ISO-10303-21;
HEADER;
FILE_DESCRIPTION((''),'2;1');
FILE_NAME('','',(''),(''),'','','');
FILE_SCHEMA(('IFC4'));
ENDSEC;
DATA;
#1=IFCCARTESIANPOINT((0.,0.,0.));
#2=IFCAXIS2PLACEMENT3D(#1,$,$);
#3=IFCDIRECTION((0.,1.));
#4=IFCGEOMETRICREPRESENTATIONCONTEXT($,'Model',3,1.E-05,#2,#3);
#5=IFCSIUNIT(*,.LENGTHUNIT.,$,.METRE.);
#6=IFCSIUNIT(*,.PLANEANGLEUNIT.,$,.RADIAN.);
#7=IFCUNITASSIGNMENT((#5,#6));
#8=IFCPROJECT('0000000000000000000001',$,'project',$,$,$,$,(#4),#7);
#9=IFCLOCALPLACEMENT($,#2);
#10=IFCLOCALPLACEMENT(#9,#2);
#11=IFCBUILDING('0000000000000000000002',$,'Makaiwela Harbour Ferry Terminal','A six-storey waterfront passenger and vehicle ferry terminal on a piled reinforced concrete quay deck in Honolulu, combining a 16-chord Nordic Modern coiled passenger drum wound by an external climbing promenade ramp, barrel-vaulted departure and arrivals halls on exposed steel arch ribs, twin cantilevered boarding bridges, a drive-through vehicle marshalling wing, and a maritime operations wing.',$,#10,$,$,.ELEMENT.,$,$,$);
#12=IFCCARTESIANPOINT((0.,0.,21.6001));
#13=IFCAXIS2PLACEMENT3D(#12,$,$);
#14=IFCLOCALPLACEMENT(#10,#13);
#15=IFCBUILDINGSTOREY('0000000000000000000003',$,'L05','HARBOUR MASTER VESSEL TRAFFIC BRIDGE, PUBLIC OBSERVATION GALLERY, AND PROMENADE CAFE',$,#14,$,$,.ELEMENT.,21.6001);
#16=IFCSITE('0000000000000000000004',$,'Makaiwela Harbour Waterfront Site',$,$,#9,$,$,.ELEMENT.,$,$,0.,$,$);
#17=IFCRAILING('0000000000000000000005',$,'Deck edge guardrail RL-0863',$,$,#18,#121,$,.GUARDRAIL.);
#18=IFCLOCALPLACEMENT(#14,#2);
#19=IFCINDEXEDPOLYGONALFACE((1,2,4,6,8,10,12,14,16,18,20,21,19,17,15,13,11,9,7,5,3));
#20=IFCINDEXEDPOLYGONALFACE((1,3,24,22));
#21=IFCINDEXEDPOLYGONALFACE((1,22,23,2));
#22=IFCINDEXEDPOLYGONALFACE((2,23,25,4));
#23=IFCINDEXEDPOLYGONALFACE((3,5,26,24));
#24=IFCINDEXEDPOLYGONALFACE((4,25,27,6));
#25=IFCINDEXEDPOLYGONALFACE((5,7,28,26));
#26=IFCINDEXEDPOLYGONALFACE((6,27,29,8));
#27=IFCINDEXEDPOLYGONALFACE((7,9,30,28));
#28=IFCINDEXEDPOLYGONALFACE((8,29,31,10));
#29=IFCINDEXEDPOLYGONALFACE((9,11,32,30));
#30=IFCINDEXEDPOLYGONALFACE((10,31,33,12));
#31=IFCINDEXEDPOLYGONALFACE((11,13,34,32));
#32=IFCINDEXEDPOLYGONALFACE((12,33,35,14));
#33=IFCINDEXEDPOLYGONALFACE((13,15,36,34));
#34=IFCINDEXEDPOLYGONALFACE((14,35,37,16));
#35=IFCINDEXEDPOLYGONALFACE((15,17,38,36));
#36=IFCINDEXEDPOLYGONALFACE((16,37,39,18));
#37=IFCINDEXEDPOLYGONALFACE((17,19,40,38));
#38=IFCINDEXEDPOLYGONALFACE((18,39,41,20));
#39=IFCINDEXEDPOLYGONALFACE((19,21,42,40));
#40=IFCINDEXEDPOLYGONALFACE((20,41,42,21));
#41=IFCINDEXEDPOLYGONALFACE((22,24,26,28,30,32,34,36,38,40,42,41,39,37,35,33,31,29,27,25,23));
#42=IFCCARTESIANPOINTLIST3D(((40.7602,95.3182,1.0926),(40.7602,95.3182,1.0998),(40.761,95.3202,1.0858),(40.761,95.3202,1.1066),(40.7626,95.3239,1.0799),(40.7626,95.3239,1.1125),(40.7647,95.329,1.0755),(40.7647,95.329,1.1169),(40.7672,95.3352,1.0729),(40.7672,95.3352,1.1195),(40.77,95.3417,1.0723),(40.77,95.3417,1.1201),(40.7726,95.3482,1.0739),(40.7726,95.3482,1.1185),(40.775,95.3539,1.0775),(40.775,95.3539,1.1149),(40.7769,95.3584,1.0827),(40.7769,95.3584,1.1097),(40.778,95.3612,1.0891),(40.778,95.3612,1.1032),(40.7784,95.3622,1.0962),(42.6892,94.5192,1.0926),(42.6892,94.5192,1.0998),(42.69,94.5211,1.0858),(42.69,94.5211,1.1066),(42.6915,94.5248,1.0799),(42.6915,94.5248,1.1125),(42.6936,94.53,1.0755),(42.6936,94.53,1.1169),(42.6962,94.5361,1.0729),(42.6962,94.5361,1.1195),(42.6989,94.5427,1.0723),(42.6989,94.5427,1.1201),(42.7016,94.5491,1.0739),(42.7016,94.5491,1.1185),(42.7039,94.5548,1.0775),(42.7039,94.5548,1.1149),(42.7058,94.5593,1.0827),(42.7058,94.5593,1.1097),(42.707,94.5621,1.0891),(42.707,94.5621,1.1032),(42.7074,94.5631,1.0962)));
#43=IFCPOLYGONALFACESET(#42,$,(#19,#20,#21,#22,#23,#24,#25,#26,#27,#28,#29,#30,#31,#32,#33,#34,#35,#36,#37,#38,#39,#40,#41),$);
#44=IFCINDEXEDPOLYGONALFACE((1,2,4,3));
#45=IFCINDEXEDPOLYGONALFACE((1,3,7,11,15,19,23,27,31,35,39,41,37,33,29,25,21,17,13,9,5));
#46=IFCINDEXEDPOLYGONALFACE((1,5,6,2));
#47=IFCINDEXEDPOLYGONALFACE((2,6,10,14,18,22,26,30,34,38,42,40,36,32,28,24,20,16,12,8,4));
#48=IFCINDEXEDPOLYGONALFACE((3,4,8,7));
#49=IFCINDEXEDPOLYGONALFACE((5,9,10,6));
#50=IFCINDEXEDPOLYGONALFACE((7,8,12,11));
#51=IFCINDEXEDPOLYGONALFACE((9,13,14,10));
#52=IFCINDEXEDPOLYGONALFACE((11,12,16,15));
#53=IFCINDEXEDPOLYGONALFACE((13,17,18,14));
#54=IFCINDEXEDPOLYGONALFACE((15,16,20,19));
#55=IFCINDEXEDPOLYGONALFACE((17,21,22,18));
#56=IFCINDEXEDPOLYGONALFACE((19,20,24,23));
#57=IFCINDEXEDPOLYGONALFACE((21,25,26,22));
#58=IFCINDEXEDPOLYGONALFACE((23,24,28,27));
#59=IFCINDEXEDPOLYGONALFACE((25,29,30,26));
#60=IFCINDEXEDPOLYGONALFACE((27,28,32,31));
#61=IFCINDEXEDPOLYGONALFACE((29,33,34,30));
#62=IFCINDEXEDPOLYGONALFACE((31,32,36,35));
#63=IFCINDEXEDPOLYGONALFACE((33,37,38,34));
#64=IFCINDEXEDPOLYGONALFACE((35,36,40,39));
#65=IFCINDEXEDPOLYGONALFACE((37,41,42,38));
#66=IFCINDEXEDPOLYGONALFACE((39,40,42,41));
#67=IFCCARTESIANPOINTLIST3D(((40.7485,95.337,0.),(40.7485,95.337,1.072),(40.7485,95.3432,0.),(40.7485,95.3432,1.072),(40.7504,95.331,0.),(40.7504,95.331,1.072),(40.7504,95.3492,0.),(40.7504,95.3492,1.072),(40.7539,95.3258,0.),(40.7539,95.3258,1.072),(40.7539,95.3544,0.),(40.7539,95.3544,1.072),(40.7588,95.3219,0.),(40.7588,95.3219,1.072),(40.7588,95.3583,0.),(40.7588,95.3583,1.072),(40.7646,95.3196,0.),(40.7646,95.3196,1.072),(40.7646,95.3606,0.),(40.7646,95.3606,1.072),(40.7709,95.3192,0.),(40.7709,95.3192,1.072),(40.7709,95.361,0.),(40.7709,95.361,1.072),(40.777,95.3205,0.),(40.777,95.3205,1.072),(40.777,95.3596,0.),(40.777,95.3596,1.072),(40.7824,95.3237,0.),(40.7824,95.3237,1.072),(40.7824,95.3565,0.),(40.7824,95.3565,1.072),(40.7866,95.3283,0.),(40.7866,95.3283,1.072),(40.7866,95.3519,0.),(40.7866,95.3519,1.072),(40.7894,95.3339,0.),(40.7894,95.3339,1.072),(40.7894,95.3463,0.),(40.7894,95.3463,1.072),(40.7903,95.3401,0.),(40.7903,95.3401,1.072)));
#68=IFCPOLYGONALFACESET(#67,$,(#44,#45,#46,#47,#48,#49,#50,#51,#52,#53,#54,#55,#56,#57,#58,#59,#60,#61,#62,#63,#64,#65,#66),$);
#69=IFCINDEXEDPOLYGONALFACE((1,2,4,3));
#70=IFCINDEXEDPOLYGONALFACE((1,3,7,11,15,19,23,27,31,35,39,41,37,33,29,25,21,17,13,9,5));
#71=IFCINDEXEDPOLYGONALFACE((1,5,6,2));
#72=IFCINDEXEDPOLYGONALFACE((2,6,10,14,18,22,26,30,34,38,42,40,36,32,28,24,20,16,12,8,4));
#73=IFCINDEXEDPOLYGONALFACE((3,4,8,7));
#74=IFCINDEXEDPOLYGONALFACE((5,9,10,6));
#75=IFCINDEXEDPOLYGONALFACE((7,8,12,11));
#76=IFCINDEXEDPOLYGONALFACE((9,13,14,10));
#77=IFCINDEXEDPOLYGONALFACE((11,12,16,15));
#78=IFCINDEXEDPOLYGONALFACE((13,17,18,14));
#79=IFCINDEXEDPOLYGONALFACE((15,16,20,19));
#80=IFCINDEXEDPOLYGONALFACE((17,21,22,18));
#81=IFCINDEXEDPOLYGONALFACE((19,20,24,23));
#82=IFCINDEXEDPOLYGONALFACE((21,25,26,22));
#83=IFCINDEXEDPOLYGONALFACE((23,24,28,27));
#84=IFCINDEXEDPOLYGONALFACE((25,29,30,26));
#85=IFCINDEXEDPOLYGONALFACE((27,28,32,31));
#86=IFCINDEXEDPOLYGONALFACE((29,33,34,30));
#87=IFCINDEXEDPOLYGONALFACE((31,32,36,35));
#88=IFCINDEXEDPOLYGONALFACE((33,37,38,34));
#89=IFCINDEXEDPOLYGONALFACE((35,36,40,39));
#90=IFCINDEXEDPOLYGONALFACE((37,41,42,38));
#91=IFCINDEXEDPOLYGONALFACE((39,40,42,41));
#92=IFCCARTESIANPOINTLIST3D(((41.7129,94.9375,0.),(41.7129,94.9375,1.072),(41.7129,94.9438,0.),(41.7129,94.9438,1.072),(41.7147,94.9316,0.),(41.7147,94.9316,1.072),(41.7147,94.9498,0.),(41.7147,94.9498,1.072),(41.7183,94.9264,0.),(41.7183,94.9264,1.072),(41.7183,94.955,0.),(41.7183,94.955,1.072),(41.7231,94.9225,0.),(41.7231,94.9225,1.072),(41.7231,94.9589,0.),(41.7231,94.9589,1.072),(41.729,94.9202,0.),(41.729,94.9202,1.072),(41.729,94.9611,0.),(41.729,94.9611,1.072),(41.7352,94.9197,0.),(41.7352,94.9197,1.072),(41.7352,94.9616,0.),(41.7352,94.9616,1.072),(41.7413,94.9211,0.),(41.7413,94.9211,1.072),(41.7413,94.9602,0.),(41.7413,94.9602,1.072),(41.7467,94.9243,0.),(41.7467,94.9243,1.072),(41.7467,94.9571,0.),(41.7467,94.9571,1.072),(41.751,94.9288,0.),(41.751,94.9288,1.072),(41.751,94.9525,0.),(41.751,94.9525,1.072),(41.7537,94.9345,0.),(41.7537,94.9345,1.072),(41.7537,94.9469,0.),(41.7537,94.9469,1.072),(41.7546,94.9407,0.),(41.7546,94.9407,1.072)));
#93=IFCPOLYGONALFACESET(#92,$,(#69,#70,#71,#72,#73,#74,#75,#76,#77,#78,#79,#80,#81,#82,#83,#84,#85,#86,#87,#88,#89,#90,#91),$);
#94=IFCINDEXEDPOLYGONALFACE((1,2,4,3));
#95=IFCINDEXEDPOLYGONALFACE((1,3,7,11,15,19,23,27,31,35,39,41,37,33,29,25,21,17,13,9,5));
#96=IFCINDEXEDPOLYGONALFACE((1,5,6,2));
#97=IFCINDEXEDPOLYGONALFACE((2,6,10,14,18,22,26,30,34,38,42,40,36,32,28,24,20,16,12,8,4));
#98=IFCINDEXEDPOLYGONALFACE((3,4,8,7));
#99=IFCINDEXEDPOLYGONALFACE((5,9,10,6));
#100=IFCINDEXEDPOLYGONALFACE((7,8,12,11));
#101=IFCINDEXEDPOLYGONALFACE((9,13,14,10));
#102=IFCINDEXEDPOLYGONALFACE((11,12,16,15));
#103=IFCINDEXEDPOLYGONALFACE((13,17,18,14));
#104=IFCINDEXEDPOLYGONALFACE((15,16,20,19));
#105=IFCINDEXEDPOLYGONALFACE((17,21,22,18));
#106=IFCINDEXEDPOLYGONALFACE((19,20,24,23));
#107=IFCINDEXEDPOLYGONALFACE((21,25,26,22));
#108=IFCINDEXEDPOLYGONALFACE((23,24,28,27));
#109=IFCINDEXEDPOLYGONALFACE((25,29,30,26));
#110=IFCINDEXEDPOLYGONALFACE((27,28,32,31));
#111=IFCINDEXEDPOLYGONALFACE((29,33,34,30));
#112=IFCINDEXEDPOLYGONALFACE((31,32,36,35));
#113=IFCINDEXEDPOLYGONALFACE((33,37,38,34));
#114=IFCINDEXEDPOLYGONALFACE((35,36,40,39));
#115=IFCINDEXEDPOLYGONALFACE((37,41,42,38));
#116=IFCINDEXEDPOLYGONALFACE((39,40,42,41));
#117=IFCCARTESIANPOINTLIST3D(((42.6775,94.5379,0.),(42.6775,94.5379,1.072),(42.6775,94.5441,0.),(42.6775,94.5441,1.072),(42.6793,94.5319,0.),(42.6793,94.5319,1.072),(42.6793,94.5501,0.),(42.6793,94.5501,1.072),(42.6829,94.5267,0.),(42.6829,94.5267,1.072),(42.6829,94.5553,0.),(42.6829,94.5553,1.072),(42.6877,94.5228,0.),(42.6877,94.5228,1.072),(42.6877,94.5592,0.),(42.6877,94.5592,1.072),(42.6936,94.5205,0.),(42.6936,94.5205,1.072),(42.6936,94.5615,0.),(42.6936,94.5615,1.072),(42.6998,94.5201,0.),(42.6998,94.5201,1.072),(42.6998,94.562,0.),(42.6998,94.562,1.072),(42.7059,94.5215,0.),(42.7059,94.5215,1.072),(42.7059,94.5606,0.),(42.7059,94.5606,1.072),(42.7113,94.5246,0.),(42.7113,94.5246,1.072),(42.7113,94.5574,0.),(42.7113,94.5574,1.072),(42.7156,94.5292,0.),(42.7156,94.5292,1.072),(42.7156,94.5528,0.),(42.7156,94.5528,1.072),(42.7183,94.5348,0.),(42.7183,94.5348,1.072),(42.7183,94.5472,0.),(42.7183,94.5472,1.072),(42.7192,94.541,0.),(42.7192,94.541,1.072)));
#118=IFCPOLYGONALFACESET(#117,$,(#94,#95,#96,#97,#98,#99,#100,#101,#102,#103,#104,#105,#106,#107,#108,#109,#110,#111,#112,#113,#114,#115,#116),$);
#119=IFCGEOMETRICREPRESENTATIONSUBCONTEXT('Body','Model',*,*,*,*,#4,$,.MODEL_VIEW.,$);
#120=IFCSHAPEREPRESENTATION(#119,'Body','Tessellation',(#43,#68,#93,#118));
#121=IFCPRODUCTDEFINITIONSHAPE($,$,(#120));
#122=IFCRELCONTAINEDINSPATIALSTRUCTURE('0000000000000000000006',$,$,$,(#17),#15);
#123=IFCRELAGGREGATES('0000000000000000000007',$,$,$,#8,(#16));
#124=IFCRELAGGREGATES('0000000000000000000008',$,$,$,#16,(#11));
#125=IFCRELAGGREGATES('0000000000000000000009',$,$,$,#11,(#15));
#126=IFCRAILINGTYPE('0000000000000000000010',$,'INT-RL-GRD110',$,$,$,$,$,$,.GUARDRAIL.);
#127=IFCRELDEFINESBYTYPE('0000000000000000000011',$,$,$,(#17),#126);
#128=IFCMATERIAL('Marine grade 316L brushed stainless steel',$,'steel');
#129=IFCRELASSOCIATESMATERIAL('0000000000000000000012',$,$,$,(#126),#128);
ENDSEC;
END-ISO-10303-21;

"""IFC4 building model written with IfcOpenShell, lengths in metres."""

from ifc_helpers import new_model, si_unit, direction, frame, origin, origin_2d, place, context, subcontext, project, spatial, circle, extrude, material, type_object, element, save


model = new_model("IFC4")

# Units and contexts
model_context = context("Model", 3, precision=1e-05, world=origin(), true_north=direction((0.0, 1.0)))
body_context = subcontext(model_context, "Body", "Model", "MODEL_VIEW")
ifc_project = project(units=[si_unit("LENGTHUNIT", "METRE"), si_unit("PLANEANGLEUNIT", "RADIAN")], contexts=[model_context])

# Site, building, storey
site_placement = place(None, origin())
site = spatial("IfcSite", under=ifc_project, at=site_placement, Name="Makaiwela Harbour Waterfront Site", CompositionType="ELEMENT", RefElevation=0.0)
building_placement = place(site_placement, origin())
building = spatial("IfcBuilding", under=site, at=building_placement, Name="Makaiwela Harbour Ferry Terminal", Description="A six-storey waterfront passenger and vehicle ferry terminal on a piled reinforced concrete quay deck in Honolulu, combining a 16-chord Nordic Modern coiled passenger drum wound by an external climbing promenade ramp, barrel-vaulted departure and arrivals halls on exposed steel arch ribs, twin cantilevered boarding bridges, a drive-through vehicle marshalling wing, and a maritime operations wing.", CompositionType="ELEMENT")
storey_placement = place(building_placement, frame((0.0, 0.0, 21.6001)))
storey = spatial("IfcBuildingStorey", under=building, at=storey_placement, Name="L05", Description="HARBOUR MASTER VESSEL TRAFFIC BRIDGE, PUBLIC OBSERVATION GALLERY, AND PROMENADE CAFE", CompositionType="ELEMENT", Elevation=21.6001)

# Railing
ifc_material_1 = material(Name="Marine grade 316L brushed stainless steel", Category="steel")
railing_type = type_object("IfcRailingType", Name="INT-RL-GRD110", PredefinedType="GUARDRAIL", material=ifc_material_1)
railing_1_placement = place(storey_placement, frame((40.7693, 95.3401, 0.0)))
element("IfcRailing", 1, at=railing_1_placement, inside=storey, type_object=railing_type, Name="Deck edge guardrail RL-0863", PredefinedType="GUARDRAIL", context=body_context, shape_type="SweptSolid", body=[
    extrude(circle(Radius=0.0239, at=origin_2d()), frame((0.0, 0.0, 1.0962), z_axis=(0.923867, -0.382713, 0.0), x_axis=(0.382713, 0.923867, 0.0)), (0.0, 0.0, 1.0), 2.0879),
    extrude(circle(Radius=0.021, at=origin_2d()), origin(), (0.0, 0.0, 1.0), 1.072),
    extrude(circle(Radius=0.021, at=origin_2d()), frame((0.9644, -0.3994, 0.0)), (0.0, 0.0, 1.0), 1.072),
    extrude(circle(Radius=0.021, at=origin_2d()), frame((1.929, -0.7991, 0.0)), (0.0, 0.0, 1.0), 1.072),
])

save(model, "model.ifc")
